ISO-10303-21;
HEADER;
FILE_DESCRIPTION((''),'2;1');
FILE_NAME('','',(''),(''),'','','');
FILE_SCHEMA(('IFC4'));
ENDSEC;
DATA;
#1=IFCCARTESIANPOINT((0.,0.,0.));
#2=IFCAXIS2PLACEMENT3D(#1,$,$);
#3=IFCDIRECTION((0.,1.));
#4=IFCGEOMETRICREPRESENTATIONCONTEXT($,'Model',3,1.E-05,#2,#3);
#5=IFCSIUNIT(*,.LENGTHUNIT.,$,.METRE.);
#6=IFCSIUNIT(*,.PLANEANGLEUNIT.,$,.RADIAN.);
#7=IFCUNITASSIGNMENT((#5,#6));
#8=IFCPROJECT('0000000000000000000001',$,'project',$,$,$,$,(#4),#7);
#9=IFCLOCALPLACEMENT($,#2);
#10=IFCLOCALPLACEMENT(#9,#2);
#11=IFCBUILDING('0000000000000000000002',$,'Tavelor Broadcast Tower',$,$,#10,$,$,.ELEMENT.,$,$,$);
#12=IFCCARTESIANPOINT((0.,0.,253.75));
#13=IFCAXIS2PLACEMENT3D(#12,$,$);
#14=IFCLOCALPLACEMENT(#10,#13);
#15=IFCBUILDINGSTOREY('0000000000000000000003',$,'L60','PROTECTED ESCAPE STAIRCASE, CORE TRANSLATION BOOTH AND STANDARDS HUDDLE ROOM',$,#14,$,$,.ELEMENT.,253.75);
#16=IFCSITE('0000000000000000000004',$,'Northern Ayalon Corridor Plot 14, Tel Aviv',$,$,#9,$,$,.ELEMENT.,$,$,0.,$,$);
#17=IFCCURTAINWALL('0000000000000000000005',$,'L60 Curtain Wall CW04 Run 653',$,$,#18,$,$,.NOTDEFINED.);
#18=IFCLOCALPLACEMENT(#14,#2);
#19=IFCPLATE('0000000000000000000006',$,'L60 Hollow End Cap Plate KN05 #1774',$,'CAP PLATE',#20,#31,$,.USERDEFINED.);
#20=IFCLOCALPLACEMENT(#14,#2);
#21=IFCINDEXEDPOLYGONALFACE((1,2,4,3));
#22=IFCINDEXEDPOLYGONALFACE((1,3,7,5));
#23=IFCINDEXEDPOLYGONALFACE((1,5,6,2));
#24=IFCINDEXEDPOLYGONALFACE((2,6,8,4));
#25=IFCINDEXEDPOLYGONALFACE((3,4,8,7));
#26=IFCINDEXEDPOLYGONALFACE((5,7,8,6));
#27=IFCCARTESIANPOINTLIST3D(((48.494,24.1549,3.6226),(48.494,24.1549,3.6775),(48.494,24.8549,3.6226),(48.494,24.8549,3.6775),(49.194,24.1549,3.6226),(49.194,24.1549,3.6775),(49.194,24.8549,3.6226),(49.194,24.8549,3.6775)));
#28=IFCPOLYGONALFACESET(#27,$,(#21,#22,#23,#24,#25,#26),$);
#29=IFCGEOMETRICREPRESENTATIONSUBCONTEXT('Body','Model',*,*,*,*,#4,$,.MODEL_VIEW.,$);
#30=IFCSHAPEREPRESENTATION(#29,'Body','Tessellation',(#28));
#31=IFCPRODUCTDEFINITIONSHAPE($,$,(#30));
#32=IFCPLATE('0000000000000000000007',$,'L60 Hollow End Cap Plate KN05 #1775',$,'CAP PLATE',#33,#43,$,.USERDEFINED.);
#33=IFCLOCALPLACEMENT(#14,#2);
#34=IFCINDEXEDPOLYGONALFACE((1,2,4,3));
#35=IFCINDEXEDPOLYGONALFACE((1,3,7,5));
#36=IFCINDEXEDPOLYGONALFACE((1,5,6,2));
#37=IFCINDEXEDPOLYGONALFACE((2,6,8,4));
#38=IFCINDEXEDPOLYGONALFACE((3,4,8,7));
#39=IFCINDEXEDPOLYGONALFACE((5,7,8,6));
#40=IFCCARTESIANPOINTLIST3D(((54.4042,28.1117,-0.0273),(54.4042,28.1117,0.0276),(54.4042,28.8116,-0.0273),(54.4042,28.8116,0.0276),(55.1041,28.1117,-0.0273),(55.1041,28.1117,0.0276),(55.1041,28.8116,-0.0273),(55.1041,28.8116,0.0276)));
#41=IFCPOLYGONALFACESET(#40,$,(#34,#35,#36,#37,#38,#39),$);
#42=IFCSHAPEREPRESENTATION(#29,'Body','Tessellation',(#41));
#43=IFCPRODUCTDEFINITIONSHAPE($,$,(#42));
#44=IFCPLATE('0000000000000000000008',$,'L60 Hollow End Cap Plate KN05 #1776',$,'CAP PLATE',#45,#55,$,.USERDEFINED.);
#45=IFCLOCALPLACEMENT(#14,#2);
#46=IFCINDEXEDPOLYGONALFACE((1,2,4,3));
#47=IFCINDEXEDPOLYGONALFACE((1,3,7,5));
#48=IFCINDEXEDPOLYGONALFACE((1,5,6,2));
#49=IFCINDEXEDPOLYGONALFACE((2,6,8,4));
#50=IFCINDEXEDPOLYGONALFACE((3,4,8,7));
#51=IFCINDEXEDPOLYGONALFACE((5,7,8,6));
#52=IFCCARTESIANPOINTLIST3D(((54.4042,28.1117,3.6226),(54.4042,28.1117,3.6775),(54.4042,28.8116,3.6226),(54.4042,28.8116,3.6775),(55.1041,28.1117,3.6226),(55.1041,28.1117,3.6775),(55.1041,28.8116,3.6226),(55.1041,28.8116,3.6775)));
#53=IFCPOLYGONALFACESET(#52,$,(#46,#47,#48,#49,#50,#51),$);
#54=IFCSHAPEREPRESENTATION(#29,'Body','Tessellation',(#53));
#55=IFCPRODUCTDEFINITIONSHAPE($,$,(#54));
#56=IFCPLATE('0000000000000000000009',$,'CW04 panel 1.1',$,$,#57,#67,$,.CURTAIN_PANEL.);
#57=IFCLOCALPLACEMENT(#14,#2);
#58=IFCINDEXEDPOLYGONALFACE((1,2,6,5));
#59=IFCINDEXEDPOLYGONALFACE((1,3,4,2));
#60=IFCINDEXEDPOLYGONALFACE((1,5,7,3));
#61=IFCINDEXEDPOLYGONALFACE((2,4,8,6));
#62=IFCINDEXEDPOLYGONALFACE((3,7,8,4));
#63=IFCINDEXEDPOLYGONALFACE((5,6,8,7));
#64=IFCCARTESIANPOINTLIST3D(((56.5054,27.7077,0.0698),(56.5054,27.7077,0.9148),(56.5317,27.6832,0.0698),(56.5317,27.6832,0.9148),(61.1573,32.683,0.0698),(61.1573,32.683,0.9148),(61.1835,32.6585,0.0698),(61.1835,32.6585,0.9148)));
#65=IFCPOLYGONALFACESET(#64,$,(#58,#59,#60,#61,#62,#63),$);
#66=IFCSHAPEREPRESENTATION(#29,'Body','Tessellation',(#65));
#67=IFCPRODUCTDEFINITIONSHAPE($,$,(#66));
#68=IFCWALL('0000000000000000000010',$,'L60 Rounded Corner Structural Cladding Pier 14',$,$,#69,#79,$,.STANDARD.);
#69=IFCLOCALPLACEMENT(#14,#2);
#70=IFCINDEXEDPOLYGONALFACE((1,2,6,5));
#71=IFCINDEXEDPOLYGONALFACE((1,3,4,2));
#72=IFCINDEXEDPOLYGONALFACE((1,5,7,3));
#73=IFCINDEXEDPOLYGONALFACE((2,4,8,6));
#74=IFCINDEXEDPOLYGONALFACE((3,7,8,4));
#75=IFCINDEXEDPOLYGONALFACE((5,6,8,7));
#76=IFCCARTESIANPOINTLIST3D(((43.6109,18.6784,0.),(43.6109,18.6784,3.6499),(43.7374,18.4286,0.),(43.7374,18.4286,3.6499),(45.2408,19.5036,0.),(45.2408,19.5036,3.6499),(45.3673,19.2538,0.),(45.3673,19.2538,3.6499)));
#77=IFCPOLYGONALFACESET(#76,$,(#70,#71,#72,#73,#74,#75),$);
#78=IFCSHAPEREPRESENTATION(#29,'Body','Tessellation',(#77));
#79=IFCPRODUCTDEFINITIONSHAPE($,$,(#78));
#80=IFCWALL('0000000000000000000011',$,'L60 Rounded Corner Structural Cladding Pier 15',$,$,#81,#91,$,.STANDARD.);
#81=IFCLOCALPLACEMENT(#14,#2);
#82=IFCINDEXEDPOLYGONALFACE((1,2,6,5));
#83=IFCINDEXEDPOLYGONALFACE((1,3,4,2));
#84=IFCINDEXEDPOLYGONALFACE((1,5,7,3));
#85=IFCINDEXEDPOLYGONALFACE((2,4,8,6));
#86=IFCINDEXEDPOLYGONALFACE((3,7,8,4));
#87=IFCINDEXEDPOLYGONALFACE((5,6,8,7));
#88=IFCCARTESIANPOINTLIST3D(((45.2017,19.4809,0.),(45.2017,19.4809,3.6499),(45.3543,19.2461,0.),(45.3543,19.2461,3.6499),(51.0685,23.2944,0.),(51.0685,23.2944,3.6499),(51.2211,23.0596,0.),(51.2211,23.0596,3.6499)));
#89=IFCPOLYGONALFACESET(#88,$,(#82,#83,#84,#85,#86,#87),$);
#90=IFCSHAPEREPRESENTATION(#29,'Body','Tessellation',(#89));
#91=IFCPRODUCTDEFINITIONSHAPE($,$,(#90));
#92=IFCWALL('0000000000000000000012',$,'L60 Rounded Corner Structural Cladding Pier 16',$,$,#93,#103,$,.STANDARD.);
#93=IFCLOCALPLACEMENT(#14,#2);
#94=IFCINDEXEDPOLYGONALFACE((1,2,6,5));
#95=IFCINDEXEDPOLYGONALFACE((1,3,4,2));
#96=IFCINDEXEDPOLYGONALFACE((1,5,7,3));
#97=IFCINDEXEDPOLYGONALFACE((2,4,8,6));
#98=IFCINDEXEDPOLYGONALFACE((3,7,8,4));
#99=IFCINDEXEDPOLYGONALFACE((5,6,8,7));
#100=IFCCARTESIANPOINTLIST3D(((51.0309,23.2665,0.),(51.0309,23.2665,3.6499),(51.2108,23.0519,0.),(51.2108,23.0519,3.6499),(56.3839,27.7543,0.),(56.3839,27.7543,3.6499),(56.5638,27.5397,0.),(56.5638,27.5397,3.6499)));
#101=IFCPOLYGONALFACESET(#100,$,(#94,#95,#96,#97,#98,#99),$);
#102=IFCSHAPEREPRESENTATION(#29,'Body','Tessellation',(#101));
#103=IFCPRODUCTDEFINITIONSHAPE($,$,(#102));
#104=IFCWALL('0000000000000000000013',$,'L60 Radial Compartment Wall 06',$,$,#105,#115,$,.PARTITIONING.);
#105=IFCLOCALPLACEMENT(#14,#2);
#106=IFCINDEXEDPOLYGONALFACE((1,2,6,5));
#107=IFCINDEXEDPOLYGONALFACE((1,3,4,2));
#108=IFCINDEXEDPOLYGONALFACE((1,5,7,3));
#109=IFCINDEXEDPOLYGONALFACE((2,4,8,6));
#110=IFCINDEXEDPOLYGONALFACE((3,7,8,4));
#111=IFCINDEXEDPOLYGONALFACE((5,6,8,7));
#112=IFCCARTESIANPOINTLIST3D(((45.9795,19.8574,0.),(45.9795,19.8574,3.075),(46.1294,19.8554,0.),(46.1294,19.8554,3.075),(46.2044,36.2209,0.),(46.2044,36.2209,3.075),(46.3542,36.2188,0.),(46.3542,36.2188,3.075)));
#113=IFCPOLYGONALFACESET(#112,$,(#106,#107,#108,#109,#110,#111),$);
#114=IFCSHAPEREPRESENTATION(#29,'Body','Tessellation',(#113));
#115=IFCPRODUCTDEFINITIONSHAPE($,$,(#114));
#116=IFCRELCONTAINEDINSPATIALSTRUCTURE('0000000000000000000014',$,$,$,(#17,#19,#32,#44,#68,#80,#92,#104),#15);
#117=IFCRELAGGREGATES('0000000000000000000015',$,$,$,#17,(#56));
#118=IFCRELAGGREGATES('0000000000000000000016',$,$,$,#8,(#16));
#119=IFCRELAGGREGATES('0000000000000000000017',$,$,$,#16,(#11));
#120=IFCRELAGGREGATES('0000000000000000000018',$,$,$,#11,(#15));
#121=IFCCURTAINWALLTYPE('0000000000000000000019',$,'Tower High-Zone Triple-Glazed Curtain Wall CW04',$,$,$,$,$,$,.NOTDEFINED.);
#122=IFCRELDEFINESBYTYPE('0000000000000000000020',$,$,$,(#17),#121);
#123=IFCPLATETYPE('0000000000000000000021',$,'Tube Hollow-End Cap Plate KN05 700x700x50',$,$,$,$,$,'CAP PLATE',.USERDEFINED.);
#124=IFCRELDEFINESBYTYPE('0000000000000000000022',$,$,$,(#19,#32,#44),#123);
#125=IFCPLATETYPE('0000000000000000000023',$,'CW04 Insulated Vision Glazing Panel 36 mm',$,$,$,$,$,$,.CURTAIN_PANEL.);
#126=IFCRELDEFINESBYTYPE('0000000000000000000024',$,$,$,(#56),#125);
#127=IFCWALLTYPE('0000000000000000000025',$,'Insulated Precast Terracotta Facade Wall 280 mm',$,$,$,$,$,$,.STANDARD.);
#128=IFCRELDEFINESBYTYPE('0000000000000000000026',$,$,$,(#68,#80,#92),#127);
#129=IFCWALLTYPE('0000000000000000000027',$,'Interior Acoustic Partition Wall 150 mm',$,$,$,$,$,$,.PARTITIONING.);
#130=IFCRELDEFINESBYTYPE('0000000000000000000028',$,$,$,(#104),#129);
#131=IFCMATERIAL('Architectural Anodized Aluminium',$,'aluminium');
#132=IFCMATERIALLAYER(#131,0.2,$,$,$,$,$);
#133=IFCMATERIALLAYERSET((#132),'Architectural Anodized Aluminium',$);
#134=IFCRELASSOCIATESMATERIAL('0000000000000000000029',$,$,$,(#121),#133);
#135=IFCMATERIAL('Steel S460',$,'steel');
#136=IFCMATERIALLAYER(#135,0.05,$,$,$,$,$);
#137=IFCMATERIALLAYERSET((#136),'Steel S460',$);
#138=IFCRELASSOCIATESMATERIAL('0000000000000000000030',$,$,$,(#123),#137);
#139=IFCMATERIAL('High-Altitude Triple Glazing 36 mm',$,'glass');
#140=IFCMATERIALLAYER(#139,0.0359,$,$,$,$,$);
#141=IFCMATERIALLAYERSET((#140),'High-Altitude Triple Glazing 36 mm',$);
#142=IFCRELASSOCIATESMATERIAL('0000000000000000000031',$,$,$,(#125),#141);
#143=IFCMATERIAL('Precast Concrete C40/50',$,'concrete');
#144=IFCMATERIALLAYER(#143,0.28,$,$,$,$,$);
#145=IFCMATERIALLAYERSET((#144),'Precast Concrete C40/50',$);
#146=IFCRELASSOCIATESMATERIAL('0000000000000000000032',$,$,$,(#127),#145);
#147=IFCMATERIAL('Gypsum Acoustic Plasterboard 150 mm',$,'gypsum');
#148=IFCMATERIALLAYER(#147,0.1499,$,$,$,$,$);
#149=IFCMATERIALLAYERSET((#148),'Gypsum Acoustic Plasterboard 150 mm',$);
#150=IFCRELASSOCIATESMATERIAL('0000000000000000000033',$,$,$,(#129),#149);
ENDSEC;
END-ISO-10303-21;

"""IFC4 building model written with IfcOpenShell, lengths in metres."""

from ifc_helpers import new_model, si_unit, direction, frame, frame_2d, origin, origin_2d, place, context, subcontext, project, spatial, rectangle, extrude, source, transform, mapped, material, layer, layer_set, type_object, type_shapes, element, aggregate, save


model = new_model("IFC4")

# Units and contexts
model_context = context("Model", 3, precision=1e-05, world=origin(), true_north=direction((0.0, 1.0)))
body_context = subcontext(model_context, "Body", "Model", "MODEL_VIEW")
ifc_project = project(units=[si_unit("LENGTHUNIT", "METRE"), si_unit("PLANEANGLEUNIT", "RADIAN")], contexts=[model_context])

# Site, building, storey
site_placement = place(None, origin())
site = spatial("IfcSite", under=ifc_project, at=site_placement, Name="Northern Ayalon Corridor Plot 14, Tel Aviv", CompositionType="ELEMENT", RefElevation=0.0)
building_placement = place(site_placement, origin())
building = spatial("IfcBuilding", under=site, at=building_placement, Name="Tavelor Broadcast Tower", CompositionType="ELEMENT")
storey_placement = place(building_placement, frame((0.0, 0.0, 253.75)))
storey = spatial("IfcBuildingStorey", under=building, at=storey_placement, Name="L60", Description="PROTECTED ESCAPE STAIRCASE, CORE TRANSLATION BOOTH AND STANDARDS HUDDLE ROOM", CompositionType="ELEMENT", Elevation=253.75)

# Shared definitions
ifc_material_1 = material(Name="Steel S460", Category="steel")

# Curtain wall
ifc_material_2 = material(Name="Architectural Anodized Aluminium", Category="aluminium")
ifc_layer_1 = layer(ifc_material_2, 0.2)
ifc_layer_set_1 = layer_set([ifc_layer_1], Name="Architectural Anodized Aluminium")
curtain_wall_type = type_object("IfcCurtainWallType", Name="Tower High-Zone Triple-Glazed Curtain Wall CW04", PredefinedType="NOTDEFINED", material=ifc_layer_set_1)
curtain_wall_placement = place(storey_placement, origin())
curtain_wall = element("IfcCurtainWall", 1, at=curtain_wall_placement, inside=storey, type_object=curtain_wall_type, Name="L60 Curtain Wall CW04 Run 653", PredefinedType="NOTDEFINED")

# Plates
ifc_layer_2 = layer(ifc_material_1, 0.05)
ifc_layer_set_2 = layer_set([ifc_layer_2], Name="Steel S460")
plate_type_1 = type_object("IfcPlateType", Name="Tube Hollow-End Cap Plate KN05 700x700x50", ElementType="CAP PLATE", PredefinedType="USERDEFINED", material=ifc_layer_set_2)
shared_shape_1 = source(origin(), body_context, "Body", "SweptSolid", [
    extrude(rectangle(XDim=0.7, YDim=0.7, at=origin_2d()), origin(), (0.0, 0.0, 1.0), 0.0549),
])
type_shapes(plate_type_1, [shared_shape_1])
for number, where, z_axis, x_axis, name in (
    (2, (48.844, 24.5049, 3.6226), (0.0, 0.0, 1.0), (1.0, 0.0, 0.0), "L60 Hollow End Cap Plate KN05 #1774"),
    (3, (54.7542, 28.4617, -0.0273), (0.0, 0.0, 1.0), (1.0, 0.0, 0.0), "L60 Hollow End Cap Plate KN05 #1775"),
    (4, (54.7542, 28.4617, 3.6226), (0.0, 0.0, 1.0), (1.0, 0.0, 0.0), "L60 Hollow End Cap Plate KN05 #1776"),
):
    element("IfcPlate", number, at=place(storey_placement, frame(where, z_axis=z_axis, x_axis=x_axis)), inside=storey, type_object=plate_type_1, Name=name, ObjectType="CAP PLATE", PredefinedType="USERDEFINED", context=body_context, shape_type="MappedRepresentation", body=[
        mapped(shared_shape_1, transform((0.0, 0.0, 0.0), scale=1.0)),
    ])

# Plate
ifc_material_3 = material(Name="High-Altitude Triple Glazing 36 mm", Category="glass")
ifc_layer_3 = layer(ifc_material_3, 0.0359)
ifc_layer_set_3 = layer_set([ifc_layer_3], Name="High-Altitude Triple Glazing 36 mm")
plate_type_2 = type_object("IfcPlateType", Name="CW04 Insulated Vision Glazing Panel 36 mm", PredefinedType="CURTAIN_PANEL", material=ifc_layer_set_3)
shared_shape_2 = source(origin(), body_context, "Body", "SweptSolid", [
    extrude(rectangle(XDim=6.8113, YDim=0.0359, at=origin_2d()), origin(), (0.0, 0.0, 1.0), 0.845),
])
type_shapes(plate_type_2, [shared_shape_2])
plate_placement = place(storey_placement, frame((58.8445, 30.1831, 0.0698), z_axis=(0.0, 0.0, 1.0), x_axis=(0.682964, 0.730452, 0.0)))
plate = element("IfcPlate", 5, at=plate_placement, type_object=plate_type_2, Name="CW04 panel 1.1", PredefinedType="CURTAIN_PANEL", context=body_context, shape_type="MappedRepresentation", body=[
    mapped(shared_shape_2, transform((0.0, 0.0, 0.0), scale=1.0)),
])
aggregate(curtain_wall, [plate])

# Walls
ifc_material_4 = material(Name="Precast Concrete C40/50", Category="concrete")
ifc_layer_4 = layer(ifc_material_4, 0.28)
ifc_layer_set_4 = layer_set([ifc_layer_4], Name="Precast Concrete C40/50")
wall_type_1 = type_object("IfcWallType", Name="Insulated Precast Terracotta Facade Wall 280 mm", PredefinedType="STANDARD", material=ifc_layer_set_4)
wall_1_placement = place(storey_placement, frame((43.6741, 18.5535, 0.0), z_axis=(0.0, 0.0, 1.0), x_axis=(0.892171, 0.451698, 0.0)))
element("IfcWall", 6, at=wall_1_placement, inside=storey, type_object=wall_type_1, Name="L60 Rounded Corner Structural Cladding Pier 14", PredefinedType="STANDARD", context=body_context, shape_type="SweptSolid", body=[
    extrude(rectangle(XDim=1.8269, YDim=0.28, at=frame_2d((0.9136, 0.0))), origin(), (0.0, 0.0, 1.0), 3.6499),
])
wall_2_placement = place(storey_placement, frame((45.2781, 19.3635, 0.0), z_axis=(0.0, 0.0, 1.0), x_axis=(0.838436, 0.545001, 0.0)))
element("IfcWall", 7, at=wall_2_placement, inside=storey, type_object=wall_type_1, Name="L60 Rounded Corner Structural Cladding Pier 15", PredefinedType="STANDARD", context=body_context, shape_type="SweptSolid", body=[
    extrude(rectangle(XDim=6.9973, YDim=0.28, at=frame_2d((3.4985, 0.0))), origin(), (0.0, 0.0, 1.0), 3.6499),
])
wall_3_placement = place(storey_placement, frame((51.1208, 23.1592, 0.0), z_axis=(0.0, 0.0, 1.0), x_axis=(0.766321, 0.642457, 0.0)))
element("IfcWall", 8, at=wall_3_placement, inside=storey, type_object=wall_type_1, Name="L60 Rounded Corner Structural Cladding Pier 16", PredefinedType="STANDARD", context=body_context, shape_type="SweptSolid", body=[
    extrude(rectangle(XDim=6.9854, YDim=0.28, at=frame_2d((3.4927, 0.0))), origin(), (0.0, 0.0, 1.0), 3.6499),
])
ifc_material_5 = material(Name="Gypsum Acoustic Plasterboard 150 mm", Category="gypsum")
ifc_layer_5 = layer(ifc_material_5, 0.1499)
ifc_layer_set_5 = layer_set([ifc_layer_5], Name="Gypsum Acoustic Plasterboard 150 mm")
wall_type_2 = type_object("IfcWallType", Name="Interior Acoustic Partition Wall 150 mm", PredefinedType="PARTITIONING", material=ifc_layer_set_5)
wall_4_placement = place(storey_placement, frame((46.2793, 36.22, 0.0), z_axis=(0.0, 0.0, 1.0), x_axis=(-0.01374, -0.999906, 0.0)))
element("IfcWall", 9, at=wall_4_placement, inside=storey, type_object=wall_type_2, Name="L60 Radial Compartment Wall 06", PredefinedType="PARTITIONING", context=body_context, shape_type="SweptSolid", body=[
    extrude(rectangle(XDim=16.365, YDim=0.1499, at=frame_2d((8.1826, 0.0))), origin(), (0.0, 0.0, 1.0), 3.075),
])

save(model, "model.ifc")
